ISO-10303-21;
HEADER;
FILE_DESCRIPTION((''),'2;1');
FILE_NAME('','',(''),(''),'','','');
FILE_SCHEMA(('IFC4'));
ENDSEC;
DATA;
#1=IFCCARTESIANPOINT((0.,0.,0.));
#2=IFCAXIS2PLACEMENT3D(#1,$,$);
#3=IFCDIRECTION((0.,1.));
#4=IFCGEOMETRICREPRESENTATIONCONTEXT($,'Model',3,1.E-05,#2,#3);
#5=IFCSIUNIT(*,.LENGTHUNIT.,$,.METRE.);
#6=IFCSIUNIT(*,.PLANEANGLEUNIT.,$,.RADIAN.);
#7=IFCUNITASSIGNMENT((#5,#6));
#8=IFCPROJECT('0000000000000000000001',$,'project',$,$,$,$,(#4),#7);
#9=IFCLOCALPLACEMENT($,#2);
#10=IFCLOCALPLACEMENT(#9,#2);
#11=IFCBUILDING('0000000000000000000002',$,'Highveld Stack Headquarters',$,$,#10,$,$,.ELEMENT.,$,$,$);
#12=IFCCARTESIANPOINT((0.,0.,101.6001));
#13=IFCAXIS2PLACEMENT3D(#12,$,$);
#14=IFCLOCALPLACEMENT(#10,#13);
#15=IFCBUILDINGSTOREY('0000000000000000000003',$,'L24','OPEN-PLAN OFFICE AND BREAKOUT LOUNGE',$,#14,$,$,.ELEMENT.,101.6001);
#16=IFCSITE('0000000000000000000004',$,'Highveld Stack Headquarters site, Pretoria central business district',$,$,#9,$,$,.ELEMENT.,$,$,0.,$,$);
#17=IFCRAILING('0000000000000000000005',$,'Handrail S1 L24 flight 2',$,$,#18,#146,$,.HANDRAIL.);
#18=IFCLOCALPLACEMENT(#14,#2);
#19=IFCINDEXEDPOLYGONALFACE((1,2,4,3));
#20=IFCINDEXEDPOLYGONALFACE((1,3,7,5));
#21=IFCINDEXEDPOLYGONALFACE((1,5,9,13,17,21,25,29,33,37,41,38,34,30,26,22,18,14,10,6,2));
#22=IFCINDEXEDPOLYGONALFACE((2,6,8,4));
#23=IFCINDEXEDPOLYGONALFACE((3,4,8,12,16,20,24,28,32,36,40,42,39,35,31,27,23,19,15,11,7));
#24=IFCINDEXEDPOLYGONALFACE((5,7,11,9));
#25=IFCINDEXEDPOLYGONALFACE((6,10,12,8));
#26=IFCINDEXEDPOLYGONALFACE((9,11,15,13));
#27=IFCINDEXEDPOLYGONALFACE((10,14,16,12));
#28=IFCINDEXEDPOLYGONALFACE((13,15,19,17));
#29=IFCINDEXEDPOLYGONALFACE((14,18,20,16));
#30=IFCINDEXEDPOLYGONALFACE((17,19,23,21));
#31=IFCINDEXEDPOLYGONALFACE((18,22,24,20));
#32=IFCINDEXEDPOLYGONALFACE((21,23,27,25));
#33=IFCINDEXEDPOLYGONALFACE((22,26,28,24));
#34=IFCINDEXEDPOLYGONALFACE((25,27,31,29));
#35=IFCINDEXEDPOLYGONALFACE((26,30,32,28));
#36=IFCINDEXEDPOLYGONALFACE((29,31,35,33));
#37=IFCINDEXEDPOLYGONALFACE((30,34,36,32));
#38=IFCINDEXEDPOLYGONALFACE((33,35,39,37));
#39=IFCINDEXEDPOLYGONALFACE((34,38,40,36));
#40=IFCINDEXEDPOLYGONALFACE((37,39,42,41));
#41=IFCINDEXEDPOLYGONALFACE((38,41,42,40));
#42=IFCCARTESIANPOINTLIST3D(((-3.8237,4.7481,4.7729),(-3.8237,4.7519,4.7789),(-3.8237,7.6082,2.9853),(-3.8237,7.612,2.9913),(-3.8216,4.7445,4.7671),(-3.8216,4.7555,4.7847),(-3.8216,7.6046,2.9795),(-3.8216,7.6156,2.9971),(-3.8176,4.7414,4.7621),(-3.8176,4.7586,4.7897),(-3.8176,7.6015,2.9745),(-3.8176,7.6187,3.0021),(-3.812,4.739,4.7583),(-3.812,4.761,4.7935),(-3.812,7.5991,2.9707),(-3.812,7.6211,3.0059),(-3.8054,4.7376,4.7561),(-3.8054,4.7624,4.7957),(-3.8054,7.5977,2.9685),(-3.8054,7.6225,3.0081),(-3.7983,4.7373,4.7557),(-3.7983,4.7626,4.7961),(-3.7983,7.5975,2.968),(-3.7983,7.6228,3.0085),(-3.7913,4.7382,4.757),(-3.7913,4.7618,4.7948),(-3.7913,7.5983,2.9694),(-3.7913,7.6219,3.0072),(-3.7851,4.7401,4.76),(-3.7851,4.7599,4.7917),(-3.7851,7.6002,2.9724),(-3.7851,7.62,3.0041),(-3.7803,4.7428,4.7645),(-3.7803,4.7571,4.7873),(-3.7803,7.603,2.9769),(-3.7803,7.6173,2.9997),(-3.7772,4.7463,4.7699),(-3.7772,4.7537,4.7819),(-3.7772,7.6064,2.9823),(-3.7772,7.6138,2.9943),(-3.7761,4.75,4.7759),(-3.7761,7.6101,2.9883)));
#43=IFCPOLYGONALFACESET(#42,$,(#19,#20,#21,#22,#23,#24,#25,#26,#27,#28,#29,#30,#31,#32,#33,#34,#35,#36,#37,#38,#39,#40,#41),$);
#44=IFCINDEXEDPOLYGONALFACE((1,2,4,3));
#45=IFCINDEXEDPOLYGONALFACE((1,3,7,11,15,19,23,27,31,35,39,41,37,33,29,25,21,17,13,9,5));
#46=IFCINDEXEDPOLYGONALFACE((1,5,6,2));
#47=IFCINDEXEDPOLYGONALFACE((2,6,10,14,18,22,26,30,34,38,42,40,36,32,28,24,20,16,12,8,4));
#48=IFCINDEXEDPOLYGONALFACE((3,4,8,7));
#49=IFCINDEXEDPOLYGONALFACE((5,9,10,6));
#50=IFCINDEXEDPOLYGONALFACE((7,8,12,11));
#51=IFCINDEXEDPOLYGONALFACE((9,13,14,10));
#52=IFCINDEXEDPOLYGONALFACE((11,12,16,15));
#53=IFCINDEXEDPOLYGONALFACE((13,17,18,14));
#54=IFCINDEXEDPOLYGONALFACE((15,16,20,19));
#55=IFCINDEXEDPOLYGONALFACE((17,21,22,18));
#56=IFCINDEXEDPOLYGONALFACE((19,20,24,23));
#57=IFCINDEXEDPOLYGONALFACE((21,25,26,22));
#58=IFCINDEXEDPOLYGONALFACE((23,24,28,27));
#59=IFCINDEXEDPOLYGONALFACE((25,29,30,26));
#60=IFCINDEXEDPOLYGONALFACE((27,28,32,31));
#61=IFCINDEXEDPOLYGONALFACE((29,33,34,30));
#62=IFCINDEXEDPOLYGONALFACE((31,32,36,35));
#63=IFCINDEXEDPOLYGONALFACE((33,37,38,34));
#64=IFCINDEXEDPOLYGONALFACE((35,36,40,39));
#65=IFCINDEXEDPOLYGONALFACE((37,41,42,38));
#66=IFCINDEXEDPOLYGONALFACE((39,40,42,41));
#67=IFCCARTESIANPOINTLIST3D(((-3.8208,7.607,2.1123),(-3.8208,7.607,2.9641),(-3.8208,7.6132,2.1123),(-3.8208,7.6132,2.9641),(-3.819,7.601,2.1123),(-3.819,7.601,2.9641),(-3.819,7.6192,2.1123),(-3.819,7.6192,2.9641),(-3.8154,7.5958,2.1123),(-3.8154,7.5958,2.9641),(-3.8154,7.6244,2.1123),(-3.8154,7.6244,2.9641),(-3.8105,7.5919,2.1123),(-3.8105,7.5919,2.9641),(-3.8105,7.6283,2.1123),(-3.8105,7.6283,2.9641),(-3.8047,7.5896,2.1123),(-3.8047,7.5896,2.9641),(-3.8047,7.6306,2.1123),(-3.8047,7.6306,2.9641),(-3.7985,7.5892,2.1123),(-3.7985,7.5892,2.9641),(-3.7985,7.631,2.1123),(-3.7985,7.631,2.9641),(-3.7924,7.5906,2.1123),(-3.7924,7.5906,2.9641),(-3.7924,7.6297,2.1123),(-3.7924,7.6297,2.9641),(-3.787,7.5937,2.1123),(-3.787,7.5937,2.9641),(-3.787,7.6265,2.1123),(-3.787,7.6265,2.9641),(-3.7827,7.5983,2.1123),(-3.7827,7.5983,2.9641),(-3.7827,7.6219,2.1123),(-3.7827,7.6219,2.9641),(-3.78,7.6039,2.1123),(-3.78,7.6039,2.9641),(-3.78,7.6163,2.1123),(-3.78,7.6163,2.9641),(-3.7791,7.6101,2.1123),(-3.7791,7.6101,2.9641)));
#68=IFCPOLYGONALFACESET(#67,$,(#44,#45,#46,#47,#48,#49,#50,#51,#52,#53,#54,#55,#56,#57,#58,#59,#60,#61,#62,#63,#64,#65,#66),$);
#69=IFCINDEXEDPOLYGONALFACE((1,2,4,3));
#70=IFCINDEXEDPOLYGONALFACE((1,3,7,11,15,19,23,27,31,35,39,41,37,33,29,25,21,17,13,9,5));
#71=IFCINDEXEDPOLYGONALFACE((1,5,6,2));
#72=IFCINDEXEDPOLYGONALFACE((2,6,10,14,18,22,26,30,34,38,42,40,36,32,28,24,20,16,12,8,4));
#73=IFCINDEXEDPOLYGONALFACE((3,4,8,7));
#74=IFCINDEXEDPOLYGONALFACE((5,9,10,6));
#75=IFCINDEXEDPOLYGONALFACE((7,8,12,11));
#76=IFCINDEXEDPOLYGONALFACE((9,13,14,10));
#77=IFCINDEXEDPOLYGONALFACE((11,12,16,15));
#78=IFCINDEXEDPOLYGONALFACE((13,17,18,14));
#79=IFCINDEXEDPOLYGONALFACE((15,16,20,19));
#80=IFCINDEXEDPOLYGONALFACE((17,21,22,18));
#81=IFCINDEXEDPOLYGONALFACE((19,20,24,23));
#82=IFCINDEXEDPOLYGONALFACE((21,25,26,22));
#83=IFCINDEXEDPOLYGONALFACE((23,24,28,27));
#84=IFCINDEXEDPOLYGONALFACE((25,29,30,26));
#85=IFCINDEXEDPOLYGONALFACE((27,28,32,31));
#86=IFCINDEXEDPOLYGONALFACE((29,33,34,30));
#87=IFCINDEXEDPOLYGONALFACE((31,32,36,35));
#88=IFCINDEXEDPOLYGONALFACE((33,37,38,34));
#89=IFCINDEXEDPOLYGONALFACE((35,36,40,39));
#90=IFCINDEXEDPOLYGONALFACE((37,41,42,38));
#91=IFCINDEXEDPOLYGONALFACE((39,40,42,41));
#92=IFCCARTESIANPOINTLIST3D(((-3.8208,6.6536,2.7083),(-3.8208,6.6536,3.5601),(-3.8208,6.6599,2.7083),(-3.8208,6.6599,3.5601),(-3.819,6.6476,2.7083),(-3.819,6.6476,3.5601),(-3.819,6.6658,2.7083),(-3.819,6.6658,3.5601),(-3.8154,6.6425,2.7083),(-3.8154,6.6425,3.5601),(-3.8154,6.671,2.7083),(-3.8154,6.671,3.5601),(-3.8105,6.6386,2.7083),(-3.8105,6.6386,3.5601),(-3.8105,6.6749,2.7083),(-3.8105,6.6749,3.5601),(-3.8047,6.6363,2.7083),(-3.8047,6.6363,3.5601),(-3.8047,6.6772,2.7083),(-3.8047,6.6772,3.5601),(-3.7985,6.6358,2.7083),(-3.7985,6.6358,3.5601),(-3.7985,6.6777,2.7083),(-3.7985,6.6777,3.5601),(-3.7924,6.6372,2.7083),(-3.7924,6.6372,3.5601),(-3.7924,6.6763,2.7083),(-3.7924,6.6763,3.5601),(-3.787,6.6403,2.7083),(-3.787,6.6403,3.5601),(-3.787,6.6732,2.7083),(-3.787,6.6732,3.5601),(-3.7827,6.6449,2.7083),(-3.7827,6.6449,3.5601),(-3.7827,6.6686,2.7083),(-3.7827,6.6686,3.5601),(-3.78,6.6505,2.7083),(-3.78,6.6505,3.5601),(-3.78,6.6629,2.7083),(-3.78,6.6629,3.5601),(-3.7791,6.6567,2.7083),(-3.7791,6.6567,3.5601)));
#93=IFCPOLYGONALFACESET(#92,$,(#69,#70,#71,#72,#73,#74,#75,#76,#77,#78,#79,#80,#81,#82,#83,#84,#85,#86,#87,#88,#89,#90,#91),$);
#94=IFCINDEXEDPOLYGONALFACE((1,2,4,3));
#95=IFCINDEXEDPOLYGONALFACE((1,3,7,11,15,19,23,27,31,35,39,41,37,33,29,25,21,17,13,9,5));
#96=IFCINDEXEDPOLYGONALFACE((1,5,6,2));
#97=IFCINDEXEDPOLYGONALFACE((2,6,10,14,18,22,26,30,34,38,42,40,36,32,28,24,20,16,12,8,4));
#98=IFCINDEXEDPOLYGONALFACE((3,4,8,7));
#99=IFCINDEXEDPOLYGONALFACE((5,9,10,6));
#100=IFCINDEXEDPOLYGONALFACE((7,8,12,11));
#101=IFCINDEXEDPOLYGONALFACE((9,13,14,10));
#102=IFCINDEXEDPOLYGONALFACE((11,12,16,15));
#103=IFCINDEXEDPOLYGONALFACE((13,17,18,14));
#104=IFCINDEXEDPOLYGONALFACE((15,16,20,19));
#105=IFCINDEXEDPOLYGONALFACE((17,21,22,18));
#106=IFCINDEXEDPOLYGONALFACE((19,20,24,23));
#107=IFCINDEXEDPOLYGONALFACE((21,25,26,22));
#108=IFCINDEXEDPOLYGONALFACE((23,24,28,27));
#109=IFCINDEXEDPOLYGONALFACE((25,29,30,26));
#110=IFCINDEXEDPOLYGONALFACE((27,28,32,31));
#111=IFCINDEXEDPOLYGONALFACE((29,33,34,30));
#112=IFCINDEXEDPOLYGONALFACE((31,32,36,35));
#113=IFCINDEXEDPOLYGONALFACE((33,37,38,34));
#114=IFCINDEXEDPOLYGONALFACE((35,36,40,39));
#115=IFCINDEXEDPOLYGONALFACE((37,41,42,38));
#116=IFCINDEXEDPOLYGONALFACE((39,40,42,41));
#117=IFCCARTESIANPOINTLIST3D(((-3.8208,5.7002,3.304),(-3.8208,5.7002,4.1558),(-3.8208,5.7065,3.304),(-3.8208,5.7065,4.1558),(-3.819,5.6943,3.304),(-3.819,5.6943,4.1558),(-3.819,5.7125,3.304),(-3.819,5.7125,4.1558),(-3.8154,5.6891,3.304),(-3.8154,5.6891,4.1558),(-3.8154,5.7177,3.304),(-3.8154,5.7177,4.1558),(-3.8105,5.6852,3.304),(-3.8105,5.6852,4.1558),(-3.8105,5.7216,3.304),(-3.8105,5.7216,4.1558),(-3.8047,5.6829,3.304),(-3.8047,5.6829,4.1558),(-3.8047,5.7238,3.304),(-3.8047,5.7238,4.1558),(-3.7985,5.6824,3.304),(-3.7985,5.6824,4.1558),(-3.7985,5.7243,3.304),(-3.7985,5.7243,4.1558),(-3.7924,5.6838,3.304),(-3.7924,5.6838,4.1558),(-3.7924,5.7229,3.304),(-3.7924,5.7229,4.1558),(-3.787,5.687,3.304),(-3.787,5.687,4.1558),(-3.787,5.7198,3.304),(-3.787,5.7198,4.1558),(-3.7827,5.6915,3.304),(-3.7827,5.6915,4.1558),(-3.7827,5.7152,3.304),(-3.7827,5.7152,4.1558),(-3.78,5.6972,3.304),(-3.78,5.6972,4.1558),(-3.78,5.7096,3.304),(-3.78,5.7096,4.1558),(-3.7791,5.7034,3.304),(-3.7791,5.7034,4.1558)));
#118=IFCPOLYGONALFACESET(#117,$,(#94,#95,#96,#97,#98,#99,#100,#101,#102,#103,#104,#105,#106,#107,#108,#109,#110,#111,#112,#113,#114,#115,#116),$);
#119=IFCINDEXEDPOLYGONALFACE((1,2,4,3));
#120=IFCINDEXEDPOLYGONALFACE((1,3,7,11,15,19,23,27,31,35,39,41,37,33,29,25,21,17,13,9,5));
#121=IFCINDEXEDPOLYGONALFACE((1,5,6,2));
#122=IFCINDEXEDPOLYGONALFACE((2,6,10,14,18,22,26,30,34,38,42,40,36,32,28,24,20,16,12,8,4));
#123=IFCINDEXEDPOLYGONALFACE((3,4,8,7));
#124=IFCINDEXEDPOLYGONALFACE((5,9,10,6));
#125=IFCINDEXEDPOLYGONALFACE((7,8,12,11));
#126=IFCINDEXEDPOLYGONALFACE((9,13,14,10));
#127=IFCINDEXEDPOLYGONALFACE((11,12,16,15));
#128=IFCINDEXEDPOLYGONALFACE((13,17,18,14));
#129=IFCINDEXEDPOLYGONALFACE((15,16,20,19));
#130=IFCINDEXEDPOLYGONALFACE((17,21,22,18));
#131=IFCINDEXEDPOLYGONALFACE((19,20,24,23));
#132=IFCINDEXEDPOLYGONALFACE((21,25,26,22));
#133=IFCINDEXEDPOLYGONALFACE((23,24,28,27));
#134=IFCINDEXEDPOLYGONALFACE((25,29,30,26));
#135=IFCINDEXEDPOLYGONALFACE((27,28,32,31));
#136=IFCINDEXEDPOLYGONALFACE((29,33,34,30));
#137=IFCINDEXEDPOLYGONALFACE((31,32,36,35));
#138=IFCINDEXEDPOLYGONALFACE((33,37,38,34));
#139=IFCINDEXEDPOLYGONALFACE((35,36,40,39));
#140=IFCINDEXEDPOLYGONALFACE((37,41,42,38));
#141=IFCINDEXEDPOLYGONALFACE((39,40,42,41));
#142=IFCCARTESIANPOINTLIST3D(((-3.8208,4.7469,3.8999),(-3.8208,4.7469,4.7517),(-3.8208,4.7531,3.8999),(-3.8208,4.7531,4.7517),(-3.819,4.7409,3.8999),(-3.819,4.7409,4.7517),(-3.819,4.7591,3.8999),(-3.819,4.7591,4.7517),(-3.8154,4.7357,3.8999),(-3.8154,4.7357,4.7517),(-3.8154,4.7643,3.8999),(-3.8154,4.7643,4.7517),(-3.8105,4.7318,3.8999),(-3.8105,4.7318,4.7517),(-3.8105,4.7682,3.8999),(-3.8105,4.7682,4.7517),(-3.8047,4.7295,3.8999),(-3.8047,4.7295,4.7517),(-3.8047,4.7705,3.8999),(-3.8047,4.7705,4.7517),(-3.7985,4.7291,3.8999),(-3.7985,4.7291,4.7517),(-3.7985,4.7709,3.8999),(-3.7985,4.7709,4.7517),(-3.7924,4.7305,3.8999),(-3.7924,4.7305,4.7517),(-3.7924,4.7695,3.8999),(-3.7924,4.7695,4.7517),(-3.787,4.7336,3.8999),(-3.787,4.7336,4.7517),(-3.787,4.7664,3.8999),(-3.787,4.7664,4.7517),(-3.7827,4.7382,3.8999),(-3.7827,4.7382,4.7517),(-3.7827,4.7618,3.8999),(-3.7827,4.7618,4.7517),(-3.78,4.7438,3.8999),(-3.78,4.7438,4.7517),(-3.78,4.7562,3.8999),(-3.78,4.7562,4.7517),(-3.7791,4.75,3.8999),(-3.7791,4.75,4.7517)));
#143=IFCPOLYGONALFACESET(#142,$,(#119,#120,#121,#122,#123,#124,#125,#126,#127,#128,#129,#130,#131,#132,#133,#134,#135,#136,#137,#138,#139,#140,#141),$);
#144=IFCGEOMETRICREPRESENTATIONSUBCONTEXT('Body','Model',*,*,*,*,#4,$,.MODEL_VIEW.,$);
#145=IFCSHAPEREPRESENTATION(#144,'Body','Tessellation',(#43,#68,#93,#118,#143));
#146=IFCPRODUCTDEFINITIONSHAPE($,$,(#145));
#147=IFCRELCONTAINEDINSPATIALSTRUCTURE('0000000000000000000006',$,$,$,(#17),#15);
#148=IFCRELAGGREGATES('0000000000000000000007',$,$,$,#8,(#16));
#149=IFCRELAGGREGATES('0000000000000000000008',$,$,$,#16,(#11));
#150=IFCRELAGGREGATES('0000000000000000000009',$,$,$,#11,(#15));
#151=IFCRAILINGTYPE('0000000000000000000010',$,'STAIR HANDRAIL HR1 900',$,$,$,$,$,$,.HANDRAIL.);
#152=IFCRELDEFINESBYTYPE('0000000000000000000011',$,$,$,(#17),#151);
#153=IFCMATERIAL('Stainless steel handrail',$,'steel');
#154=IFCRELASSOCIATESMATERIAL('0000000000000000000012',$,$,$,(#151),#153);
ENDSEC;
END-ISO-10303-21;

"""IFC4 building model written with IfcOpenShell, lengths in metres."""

from ifc_helpers import new_model, si_unit, direction, frame, origin, origin_2d, place, context, subcontext, project, spatial, circle, extrude, material, type_object, element, save


model = new_model("IFC4")

# Units and contexts
model_context = context("Model", 3, precision=1e-05, world=origin(), true_north=direction((0.0, 1.0)))
body_context = subcontext(model_context, "Body", "Model", "MODEL_VIEW")
ifc_project = project(units=[si_unit("LENGTHUNIT", "METRE"), si_unit("PLANEANGLEUNIT", "RADIAN")], contexts=[model_context])

# Site, building, storey
site_placement = place(None, origin())
site = spatial("IfcSite", under=ifc_project, at=site_placement, Name="Highveld Stack Headquarters site, Pretoria central business district", CompositionType="ELEMENT", RefElevation=0.0)
building_placement = place(site_placement, origin())
building = spatial("IfcBuilding", under=site, at=building_placement, Name="Highveld Stack Headquarters", CompositionType="ELEMENT")
storey_placement = place(building_placement, frame((0.0, 0.0, 101.6001)))
storey = spatial("IfcBuildingStorey", under=building, at=storey_placement, Name="L24", Description="OPEN-PLAN OFFICE AND BREAKOUT LOUNGE", CompositionType="ELEMENT", Elevation=101.6001)

# Railing
ifc_material_1 = material(Name="Stainless steel handrail", Category="steel")
railing_type = type_object("IfcRailingType", Name="STAIR HANDRAIL HR1 900", PredefinedType="HANDRAIL", material=ifc_material_1)
for number, where, name in (
    (1, (-3.8, 7.6101, 2.1123), "Handrail S1 L24 flight 2"),
):
    element("IfcRailing", number, at=place(storey_placement, frame(where)), inside=storey, type_object=railing_type, Name=name, PredefinedType="HANDRAIL", context=body_context, shape_type="SweptSolid", body=[
        extrude(circle(Radius=0.0239, at=origin_2d()), frame((0.0, 0.0, 0.876), z_axis=(0.0, -0.847994, 0.530005), x_axis=(1.0, 0.0, 0.0)), (0.0, 0.0, 1.0), 3.3728),
        extrude(circle(Radius=0.021, at=origin_2d()), origin(), (0.0, 0.0, 1.0), 0.8518),
        extrude(circle(Radius=0.021, at=origin_2d()), frame((0.0, -0.9534, 0.5959)), (0.0, 0.0, 1.0), 0.8518),
        extrude(circle(Radius=0.021, at=origin_2d()), frame((0.0, -1.9067, 1.1917)), (0.0, 0.0, 1.0), 0.8518),
        extrude(circle(Radius=0.021, at=origin_2d()), frame((0.0, -2.8601, 1.7876)), (0.0, 0.0, 1.0), 0.8518),
    ])

save(model, "model.ifc")
